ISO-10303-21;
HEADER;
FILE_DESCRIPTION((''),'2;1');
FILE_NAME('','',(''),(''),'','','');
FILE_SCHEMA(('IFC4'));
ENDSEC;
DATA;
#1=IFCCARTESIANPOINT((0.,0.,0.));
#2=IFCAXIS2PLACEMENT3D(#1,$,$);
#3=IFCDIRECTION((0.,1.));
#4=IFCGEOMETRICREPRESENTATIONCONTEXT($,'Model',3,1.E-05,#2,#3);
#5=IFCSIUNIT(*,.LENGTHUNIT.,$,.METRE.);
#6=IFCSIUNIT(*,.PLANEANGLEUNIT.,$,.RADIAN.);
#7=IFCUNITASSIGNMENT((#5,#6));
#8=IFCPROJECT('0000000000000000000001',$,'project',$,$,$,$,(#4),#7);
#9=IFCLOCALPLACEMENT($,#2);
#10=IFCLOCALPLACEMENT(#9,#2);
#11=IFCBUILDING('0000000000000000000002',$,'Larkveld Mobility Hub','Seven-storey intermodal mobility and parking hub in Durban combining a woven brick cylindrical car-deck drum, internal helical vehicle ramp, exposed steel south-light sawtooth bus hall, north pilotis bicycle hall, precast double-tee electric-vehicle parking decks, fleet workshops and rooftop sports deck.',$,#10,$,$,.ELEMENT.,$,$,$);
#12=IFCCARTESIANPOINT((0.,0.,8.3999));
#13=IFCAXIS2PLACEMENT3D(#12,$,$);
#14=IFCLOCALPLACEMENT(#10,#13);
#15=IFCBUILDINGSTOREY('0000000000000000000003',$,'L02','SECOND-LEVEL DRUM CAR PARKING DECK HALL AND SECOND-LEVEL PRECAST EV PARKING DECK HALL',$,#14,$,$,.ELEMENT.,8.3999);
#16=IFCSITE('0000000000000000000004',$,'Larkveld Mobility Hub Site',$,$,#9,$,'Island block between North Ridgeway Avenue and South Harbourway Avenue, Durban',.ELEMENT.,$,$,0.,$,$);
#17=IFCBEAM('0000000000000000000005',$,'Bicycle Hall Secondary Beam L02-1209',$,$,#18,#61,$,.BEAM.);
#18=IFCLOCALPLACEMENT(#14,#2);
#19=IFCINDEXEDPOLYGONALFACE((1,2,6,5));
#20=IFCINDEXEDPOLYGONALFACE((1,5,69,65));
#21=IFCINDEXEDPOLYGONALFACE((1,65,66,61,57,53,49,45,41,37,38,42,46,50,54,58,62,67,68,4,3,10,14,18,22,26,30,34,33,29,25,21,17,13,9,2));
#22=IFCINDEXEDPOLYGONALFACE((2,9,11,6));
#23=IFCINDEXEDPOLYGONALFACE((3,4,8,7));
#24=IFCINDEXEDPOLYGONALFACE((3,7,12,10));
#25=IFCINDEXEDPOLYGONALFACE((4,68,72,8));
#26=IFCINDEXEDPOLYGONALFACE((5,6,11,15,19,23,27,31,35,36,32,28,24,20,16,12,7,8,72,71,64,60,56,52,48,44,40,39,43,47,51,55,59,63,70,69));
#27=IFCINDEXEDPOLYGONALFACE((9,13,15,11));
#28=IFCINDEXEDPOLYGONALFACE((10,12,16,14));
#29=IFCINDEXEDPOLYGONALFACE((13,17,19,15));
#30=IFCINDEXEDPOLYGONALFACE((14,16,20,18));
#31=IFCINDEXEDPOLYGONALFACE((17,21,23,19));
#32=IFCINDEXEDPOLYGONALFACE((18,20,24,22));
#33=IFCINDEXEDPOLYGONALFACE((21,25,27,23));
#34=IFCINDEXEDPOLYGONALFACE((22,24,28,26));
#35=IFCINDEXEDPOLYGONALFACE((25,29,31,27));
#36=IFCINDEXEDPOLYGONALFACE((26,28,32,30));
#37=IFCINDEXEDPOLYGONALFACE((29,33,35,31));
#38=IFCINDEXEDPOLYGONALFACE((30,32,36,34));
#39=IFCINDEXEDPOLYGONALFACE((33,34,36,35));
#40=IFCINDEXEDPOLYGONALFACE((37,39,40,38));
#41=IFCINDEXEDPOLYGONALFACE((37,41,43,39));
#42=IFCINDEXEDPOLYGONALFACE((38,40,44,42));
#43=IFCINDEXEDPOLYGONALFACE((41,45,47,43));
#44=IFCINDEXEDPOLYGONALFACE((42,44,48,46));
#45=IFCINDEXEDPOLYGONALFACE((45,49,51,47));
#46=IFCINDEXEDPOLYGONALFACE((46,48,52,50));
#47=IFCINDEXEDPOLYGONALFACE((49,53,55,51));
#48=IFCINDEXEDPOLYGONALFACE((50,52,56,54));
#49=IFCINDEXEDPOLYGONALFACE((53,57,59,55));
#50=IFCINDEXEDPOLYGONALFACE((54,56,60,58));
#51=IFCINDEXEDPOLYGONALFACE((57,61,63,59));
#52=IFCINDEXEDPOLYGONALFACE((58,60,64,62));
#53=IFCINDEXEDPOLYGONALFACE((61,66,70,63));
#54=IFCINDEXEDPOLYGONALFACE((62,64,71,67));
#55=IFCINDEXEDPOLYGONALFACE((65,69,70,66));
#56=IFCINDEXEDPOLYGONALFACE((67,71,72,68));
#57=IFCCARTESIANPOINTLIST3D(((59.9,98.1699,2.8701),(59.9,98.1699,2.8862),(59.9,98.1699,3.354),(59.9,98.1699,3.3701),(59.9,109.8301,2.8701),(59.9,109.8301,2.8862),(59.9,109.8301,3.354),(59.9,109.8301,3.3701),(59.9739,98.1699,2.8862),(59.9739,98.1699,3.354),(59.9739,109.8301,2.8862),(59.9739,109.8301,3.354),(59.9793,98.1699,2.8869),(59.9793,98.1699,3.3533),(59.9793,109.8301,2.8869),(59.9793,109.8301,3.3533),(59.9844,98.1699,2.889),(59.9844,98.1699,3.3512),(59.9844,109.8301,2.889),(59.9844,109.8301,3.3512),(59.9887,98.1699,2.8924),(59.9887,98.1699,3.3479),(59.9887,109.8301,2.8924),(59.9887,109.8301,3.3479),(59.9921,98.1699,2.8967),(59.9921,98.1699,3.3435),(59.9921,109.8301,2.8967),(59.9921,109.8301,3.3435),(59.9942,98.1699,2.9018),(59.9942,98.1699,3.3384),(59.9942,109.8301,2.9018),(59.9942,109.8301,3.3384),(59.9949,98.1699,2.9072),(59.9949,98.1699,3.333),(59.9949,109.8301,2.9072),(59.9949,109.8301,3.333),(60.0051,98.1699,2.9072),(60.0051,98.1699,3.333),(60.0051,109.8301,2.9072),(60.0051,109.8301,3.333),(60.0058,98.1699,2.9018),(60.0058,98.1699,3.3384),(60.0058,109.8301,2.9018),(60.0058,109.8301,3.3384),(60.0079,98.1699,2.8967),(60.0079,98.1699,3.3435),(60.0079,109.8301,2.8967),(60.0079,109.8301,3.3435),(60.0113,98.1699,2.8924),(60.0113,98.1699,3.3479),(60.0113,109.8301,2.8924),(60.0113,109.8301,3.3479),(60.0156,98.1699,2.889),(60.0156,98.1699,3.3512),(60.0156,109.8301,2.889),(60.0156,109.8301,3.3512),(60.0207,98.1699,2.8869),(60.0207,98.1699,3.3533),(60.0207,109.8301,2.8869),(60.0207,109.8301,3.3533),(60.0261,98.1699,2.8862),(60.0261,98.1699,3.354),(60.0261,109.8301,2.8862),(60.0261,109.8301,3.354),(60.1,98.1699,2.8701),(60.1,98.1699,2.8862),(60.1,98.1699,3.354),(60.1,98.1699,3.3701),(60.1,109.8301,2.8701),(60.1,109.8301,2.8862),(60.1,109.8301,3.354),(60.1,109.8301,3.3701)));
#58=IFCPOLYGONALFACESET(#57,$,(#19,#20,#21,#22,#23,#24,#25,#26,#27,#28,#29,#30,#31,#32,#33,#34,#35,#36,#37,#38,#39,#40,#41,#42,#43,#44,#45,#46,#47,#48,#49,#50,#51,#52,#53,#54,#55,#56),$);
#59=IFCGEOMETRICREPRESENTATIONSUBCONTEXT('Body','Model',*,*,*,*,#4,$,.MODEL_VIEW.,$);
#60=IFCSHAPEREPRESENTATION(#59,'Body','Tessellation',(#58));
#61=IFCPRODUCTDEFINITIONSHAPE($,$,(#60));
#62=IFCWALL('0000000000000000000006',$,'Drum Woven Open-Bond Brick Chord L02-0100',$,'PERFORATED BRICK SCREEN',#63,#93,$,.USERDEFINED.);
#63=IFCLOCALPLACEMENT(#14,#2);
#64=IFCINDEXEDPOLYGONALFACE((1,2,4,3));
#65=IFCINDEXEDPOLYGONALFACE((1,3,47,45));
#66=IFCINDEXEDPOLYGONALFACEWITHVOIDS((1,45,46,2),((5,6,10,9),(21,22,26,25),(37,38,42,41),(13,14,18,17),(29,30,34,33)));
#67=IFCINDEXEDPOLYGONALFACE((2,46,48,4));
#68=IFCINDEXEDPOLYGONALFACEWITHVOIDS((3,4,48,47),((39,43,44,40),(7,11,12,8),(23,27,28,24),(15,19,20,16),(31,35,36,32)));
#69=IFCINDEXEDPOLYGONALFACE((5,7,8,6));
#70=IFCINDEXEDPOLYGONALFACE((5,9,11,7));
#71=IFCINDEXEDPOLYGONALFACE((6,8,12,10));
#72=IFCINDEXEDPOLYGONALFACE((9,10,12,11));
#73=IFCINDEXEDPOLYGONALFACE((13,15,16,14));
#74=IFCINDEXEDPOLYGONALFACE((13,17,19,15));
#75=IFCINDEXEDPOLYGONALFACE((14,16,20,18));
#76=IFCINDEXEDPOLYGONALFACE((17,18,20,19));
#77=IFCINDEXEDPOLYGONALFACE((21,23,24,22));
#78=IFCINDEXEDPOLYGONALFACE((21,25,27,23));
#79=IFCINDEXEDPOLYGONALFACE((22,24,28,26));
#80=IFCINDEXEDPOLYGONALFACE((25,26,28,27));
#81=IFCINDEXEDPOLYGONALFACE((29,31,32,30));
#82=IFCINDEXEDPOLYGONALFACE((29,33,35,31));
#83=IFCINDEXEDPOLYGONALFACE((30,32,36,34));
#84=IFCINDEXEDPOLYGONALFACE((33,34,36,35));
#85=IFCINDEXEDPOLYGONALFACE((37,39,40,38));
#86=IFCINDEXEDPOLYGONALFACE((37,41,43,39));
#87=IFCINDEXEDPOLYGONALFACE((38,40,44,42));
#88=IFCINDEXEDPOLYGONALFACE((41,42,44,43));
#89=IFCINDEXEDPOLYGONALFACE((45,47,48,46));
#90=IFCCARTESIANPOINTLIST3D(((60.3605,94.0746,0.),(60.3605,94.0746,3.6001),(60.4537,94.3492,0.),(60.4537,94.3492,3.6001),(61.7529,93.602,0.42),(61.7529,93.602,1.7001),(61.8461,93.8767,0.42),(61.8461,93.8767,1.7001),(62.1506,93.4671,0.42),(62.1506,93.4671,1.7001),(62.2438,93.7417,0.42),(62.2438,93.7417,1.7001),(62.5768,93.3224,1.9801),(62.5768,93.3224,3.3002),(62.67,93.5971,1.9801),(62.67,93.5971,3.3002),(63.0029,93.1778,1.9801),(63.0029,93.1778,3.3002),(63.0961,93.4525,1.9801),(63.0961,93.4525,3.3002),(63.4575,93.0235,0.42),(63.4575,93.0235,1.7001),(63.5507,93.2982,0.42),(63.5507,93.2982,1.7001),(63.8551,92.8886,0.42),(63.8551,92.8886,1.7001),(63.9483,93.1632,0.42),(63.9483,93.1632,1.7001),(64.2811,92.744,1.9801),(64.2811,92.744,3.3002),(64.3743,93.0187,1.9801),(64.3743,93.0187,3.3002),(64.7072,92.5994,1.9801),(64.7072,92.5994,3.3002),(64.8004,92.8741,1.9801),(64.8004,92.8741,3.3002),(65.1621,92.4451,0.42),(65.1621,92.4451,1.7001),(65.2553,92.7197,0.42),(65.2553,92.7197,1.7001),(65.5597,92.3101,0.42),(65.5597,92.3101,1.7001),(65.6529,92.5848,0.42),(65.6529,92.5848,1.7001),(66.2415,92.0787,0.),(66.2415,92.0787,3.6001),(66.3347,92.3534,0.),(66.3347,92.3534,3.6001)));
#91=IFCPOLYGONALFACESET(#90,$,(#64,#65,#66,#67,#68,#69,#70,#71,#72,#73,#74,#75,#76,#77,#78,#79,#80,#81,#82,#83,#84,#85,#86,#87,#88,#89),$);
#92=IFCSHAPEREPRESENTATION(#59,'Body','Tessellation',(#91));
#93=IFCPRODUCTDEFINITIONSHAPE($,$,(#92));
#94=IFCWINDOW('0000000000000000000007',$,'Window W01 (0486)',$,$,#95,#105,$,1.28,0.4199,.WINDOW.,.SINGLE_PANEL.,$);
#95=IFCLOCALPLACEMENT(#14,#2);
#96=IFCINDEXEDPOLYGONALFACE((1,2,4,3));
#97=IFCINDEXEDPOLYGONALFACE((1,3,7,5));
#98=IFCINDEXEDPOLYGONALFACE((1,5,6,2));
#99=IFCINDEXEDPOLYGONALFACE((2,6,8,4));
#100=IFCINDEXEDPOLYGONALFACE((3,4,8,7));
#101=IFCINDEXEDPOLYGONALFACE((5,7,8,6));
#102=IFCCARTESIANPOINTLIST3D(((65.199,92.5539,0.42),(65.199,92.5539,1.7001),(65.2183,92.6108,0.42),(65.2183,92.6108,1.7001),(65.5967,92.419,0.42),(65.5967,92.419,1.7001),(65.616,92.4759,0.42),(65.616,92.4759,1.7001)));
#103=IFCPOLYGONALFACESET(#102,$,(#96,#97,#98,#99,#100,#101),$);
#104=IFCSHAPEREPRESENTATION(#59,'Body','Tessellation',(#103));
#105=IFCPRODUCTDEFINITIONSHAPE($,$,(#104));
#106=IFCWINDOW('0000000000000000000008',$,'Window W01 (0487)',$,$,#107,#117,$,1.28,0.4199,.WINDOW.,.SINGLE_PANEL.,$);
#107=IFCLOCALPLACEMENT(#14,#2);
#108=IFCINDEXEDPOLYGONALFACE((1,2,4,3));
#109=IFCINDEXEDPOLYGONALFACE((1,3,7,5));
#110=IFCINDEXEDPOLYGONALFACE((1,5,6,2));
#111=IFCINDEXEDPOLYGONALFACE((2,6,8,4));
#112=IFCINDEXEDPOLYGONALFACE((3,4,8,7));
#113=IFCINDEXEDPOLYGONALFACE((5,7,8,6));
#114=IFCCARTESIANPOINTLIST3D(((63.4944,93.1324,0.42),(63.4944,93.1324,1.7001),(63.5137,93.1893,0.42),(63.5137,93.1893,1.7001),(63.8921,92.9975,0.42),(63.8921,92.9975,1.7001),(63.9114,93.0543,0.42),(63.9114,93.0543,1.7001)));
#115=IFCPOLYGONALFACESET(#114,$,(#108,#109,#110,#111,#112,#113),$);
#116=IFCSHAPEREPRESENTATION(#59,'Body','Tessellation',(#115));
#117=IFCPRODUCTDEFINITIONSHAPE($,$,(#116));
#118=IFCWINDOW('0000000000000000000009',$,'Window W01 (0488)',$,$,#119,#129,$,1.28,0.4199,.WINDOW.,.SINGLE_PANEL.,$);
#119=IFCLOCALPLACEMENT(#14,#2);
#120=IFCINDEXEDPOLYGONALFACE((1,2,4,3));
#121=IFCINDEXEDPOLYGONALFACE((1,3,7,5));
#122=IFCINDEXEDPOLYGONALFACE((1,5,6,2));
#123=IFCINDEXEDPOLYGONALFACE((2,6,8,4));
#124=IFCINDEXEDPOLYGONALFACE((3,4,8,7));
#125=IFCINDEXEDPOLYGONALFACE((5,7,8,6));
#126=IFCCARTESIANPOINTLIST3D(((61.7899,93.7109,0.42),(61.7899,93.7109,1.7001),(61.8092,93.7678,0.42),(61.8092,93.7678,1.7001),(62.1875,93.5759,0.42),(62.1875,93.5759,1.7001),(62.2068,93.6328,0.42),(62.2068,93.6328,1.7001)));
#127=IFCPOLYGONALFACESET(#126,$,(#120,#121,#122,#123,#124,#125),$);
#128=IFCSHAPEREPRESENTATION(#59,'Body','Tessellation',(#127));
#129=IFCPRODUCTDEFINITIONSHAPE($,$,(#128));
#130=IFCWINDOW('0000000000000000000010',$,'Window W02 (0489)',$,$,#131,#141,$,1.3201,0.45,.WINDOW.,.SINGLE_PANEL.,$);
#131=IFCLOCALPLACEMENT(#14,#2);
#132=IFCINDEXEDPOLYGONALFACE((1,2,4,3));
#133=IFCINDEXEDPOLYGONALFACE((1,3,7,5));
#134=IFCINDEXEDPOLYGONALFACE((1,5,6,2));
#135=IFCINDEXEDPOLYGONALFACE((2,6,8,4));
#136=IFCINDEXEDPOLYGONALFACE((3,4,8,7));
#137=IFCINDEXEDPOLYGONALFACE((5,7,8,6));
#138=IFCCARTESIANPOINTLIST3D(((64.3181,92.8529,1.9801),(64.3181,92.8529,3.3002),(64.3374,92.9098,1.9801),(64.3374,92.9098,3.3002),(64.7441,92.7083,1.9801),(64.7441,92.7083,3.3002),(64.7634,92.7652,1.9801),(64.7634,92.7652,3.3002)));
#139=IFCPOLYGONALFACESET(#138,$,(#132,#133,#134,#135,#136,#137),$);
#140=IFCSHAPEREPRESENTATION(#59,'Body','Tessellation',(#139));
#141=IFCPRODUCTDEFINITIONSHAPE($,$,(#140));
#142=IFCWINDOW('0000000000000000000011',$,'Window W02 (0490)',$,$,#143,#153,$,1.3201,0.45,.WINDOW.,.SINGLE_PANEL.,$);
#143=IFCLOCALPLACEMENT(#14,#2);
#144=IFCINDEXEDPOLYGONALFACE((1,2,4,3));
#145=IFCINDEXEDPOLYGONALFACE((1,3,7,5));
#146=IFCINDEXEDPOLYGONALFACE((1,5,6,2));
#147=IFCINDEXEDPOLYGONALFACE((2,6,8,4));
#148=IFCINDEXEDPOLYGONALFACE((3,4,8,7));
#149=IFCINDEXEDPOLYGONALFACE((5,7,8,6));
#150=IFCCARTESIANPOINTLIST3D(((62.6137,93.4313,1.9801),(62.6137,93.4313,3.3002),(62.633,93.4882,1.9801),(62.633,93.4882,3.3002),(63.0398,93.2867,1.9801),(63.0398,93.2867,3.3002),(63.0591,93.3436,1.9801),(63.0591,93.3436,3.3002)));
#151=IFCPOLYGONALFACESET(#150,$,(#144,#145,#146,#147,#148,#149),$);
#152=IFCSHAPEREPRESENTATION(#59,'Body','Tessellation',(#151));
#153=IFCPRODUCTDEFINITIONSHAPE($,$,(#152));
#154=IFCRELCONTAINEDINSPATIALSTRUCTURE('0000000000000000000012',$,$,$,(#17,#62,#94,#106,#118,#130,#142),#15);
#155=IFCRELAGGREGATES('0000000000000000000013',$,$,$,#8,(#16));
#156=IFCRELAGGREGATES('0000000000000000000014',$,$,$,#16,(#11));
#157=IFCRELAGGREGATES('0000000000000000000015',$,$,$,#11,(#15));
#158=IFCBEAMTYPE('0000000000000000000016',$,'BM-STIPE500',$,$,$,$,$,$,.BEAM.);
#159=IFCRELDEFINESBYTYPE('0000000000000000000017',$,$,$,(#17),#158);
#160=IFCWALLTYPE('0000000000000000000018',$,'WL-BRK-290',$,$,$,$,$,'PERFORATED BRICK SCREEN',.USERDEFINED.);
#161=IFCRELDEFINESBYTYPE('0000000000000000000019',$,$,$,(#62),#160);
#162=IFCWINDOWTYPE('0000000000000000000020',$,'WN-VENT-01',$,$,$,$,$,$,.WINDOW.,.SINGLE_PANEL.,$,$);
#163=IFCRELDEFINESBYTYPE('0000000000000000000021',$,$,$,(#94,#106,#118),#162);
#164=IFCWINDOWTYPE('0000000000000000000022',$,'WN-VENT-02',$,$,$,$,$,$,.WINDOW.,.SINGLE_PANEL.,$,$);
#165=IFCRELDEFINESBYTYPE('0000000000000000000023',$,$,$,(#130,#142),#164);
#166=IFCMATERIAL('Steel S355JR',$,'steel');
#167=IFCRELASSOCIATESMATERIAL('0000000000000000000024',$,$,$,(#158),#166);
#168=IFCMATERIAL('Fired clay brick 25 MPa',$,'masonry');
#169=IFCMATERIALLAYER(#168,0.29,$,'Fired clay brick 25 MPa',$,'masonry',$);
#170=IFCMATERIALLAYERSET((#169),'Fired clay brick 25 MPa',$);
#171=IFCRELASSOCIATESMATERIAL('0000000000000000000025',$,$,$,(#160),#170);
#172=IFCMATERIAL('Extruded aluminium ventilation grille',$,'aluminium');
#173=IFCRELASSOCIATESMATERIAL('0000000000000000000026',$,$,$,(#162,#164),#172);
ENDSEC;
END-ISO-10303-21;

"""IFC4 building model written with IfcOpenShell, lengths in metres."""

from ifc_helpers import new_model, si_unit, direction, frame, frame_2d, origin, origin_2d, place, context, subcontext, project, spatial, rectangle, i_section, extrude, material, layer, layer_set, material_profile, profile_set, type_object, element, fill, save


model = new_model("IFC4")

# Units and contexts
model_context = context("Model", 3, precision=1e-05, world=origin(), true_north=direction((0.0, 1.0)))
body_context = subcontext(model_context, "Body", "Model", "MODEL_VIEW")
ifc_project = project(units=[si_unit("LENGTHUNIT", "METRE"), si_unit("PLANEANGLEUNIT", "RADIAN")], contexts=[model_context])

# Site, building, storey
site_placement = place(None, origin())
site = spatial("IfcSite", under=ifc_project, at=site_placement, Name="Larkveld Mobility Hub Site", LongName="Island block between North Ridgeway Avenue and South Harbourway Avenue, Durban", CompositionType="ELEMENT", RefElevation=0.0)
building_placement = place(site_placement, origin())
building = spatial("IfcBuilding", under=site, at=building_placement, Name="Larkveld Mobility Hub", Description="Seven-storey intermodal mobility and parking hub in Durban combining a woven brick cylindrical car-deck drum, internal helical vehicle ramp, exposed steel south-light sawtooth bus hall, north pilotis bicycle hall, precast double-tee electric-vehicle parking decks, fleet workshops and rooftop sports deck.", CompositionType="ELEMENT")
storey_placement = place(building_placement, frame((0.0, 0.0, 8.3999)))
storey = spatial("IfcBuildingStorey", under=building, at=storey_placement, Name="L02", Description="SECOND-LEVEL DRUM CAR PARKING DECK HALL AND SECOND-LEVEL PRECAST EV PARKING DECK HALL", CompositionType="ELEMENT", Elevation=8.3999)

# Beam
ifc_material_1 = material(Name="Steel S355JR", Category="steel")
ifc_material_profile_1 = material_profile(ifc_material_1, i_section(OverallWidth=0.2, OverallDepth=0.5, WebThickness=0.0103, FlangeThickness=0.0161, FilletRadius=0.021, at=origin_2d()), Name="IPE 500")
ifc_profile_set_1 = profile_set([ifc_material_profile_1], Name="Steel S355JR")
beam_type_1 = type_object("IfcBeamType", Name="BM-STIPE500", PredefinedType="BEAM", material=ifc_profile_set_1)
beam_1_placement = place(storey_placement, frame((60.0, 98.1699, 3.1201), z_axis=(0.0, 1.0, 0.0), x_axis=(-1.0, 0.0, 0.0)))
element("IfcBeam", 1, at=beam_1_placement, inside=storey, type_object=beam_type_1, Name="Bicycle Hall Secondary Beam L02-1209", PredefinedType="BEAM", context=body_context, shape_type="SweptSolid", body=[
    extrude(i_section(OverallWidth=0.2, OverallDepth=0.5, WebThickness=0.0103, FlangeThickness=0.0161, FilletRadius=0.021, at=origin_2d()), origin(), (0.0, 0.0, 1.0), 11.6602),
])

# Wall, openings, windows
ifc_material_2 = material(Name="Fired clay brick 25 MPa", Category="masonry")
ifc_layer_1 = layer(ifc_material_2, 0.29, Name="Fired clay brick 25 MPa", Category="masonry")
ifc_layer_set_1 = layer_set([ifc_layer_1], Name="Fired clay brick 25 MPa")
wall_type_1 = type_object("IfcWallType", Name="WL-BRK-290", ElementType="PERFORATED BRICK SCREEN", PredefinedType="USERDEFINED", material=ifc_layer_set_1)
wall_1_placement = place(storey_placement, frame((66.2881, 92.2161, 0.0), z_axis=(0.0, 0.0, 1.0), x_axis=(-0.946955, 0.321365, 0.0)))
wall_1 = element("IfcWall", 2, at=wall_1_placement, inside=storey, type_object=wall_type_1, Name="Drum Woven Open-Bond Brick Chord L02-0100", ObjectType="PERFORATED BRICK SCREEN", PredefinedType="USERDEFINED", context=body_context, shape_type="SweptSolid", body=[
    extrude(rectangle(XDim=6.2104, YDim=0.29, at=frame_2d((3.1052, 0.0))), origin(), (0.0, 0.0, 1.0), 3.6001),
])
opening_1_placement = place(wall_1_placement, frame((0.72, 0.0, 0.4199)))
opening_1 = element("IfcOpeningElement", 3, at=opening_1_placement, cuts=wall_1, PredefinedType="OPENING", context=body_context, shape_type="SweptSolid", body=[
    extrude(rectangle(XDim=0.4199, YDim=1.28, at=frame_2d((0.21, 0.6401))), frame((0.0, 0.155, 0.0), z_axis=(0.0, -1.0, 0.0), x_axis=(1.0, 0.0, 0.0)), (0.0, 0.0, 1.0), 0.3101),
])
opening_2_placement = place(wall_1_placement, frame((2.52, 0.0, 0.4199)))
opening_2 = element("IfcOpeningElement", 4, at=opening_2_placement, cuts=wall_1, PredefinedType="OPENING", context=body_context, shape_type="SweptSolid", body=[
    extrude(rectangle(XDim=0.4199, YDim=1.28, at=frame_2d((0.21, 0.6401))), frame((0.0, 0.155, 0.0), z_axis=(0.0, -1.0, 0.0), x_axis=(1.0, 0.0, 0.0)), (0.0, 0.0, 1.0), 0.3101),
])
opening_3_placement = place(wall_1_placement, frame((4.3201, 0.0, 0.4199)))
opening_3 = element("IfcOpeningElement", 5, at=opening_3_placement, cuts=wall_1, PredefinedType="OPENING", context=body_context, shape_type="SweptSolid", body=[
    extrude(rectangle(XDim=0.4199, YDim=1.28, at=frame_2d((0.21, 0.6401))), frame((0.0, 0.155, 0.0), z_axis=(0.0, -1.0, 0.0), x_axis=(1.0, 0.0, 0.0)), (0.0, 0.0, 1.0), 0.3101),
])
opening_4_placement = place(wall_1_placement, frame((1.6201, 0.0, 1.98)))
opening_4 = element("IfcOpeningElement", 6, at=opening_4_placement, cuts=wall_1, PredefinedType="OPENING", context=body_context, shape_type="SweptSolid", body=[
    extrude(rectangle(XDim=0.45, YDim=1.3201, at=frame_2d((0.2251, 0.6602))), frame((0.0, 0.155, 0.0), z_axis=(0.0, -1.0, 0.0), x_axis=(1.0, 0.0, 0.0)), (0.0, 0.0, 1.0), 0.3101),
])
opening_5_placement = place(wall_1_placement, frame((3.4199, 0.0, 1.98)))
opening_5 = element("IfcOpeningElement", 7, at=opening_5_placement, cuts=wall_1, PredefinedType="OPENING", context=body_context, shape_type="SweptSolid", body=[
    extrude(rectangle(XDim=0.45, YDim=1.3201, at=frame_2d((0.2251, 0.6602))), frame((0.0, 0.155, 0.0), z_axis=(0.0, -1.0, 0.0), x_axis=(1.0, 0.0, 0.0)), (0.0, 0.0, 1.0), 0.3101),
])
ifc_material_3 = material(Name="Extruded aluminium ventilation grille", Category="aluminium")
window_type_1 = type_object("IfcWindowType", Name="WN-VENT-01", PartitioningType="SINGLE_PANEL", PredefinedType="WINDOW", material=ifc_material_3)
window_1_placement = place(opening_1_placement, origin())
window_1 = element("IfcWindow", 8, at=window_1_placement, inside=storey, type_object=window_type_1, Name="Window W01 (0486)", OverallHeight=1.28, OverallWidth=0.4199, PartitioningType="SINGLE_PANEL", PredefinedType="WINDOW", context=body_context, shape_type="SweptSolid", body=[
    extrude(rectangle(XDim=0.4199, YDim=1.28, at=frame_2d((0.21, 0.6401))), frame((0.0, 0.03, 0.0), z_axis=(0.0, -1.0, 0.0), x_axis=(1.0, 0.0, 0.0)), (0.0, 0.0, 1.0), 0.0601),
])
fill(opening_1, window_1)
window_2_placement = place(opening_2_placement, origin())
window_2 = element("IfcWindow", 9, at=window_2_placement, inside=storey, type_object=window_type_1, Name="Window W01 (0487)", OverallHeight=1.28, OverallWidth=0.4199, PartitioningType="SINGLE_PANEL", PredefinedType="WINDOW", context=body_context, shape_type="SweptSolid", body=[
    extrude(rectangle(XDim=0.4199, YDim=1.28, at=frame_2d((0.21, 0.6401))), frame((0.0, 0.03, 0.0), z_axis=(0.0, -1.0, 0.0), x_axis=(1.0, 0.0, 0.0)), (0.0, 0.0, 1.0), 0.0601),
])
fill(opening_2, window_2)
window_3_placement = place(opening_3_placement, origin())
window_3 = element("IfcWindow", 10, at=window_3_placement, inside=storey, type_object=window_type_1, Name="Window W01 (0488)", OverallHeight=1.28, OverallWidth=0.4199, PartitioningType="SINGLE_PANEL", PredefinedType="WINDOW", context=body_context, shape_type="SweptSolid", body=[
    extrude(rectangle(XDim=0.4199, YDim=1.28, at=frame_2d((0.21, 0.6401))), frame((0.0, 0.03, 0.0), z_axis=(0.0, -1.0, 0.0), x_axis=(1.0, 0.0, 0.0)), (0.0, 0.0, 1.0), 0.0601),
])
fill(opening_3, window_3)
window_type_2 = type_object("IfcWindowType", Name="WN-VENT-02", PartitioningType="SINGLE_PANEL", PredefinedType="WINDOW", material=ifc_material_3)
window_4_placement = place(opening_4_placement, origin())
window_4 = element("IfcWindow", 11, at=window_4_placement, inside=storey, type_object=window_type_2, Name="Window W02 (0489)", OverallHeight=1.3201, OverallWidth=0.45, PartitioningType="SINGLE_PANEL", PredefinedType="WINDOW", context=body_context, shape_type="SweptSolid", body=[
    extrude(rectangle(XDim=0.45, YDim=1.3201, at=frame_2d((0.2251, 0.6602))), frame((0.0, 0.03, 0.0), z_axis=(0.0, -1.0, 0.0), x_axis=(1.0, 0.0, 0.0)), (0.0, 0.0, 1.0), 0.0601),
])
fill(opening_4, window_4)
window_5_placement = place(opening_5_placement, origin())
window_5 = element("IfcWindow", 12, at=window_5_placement, inside=storey, type_object=window_type_2, Name="Window W02 (0490)", OverallHeight=1.3201, OverallWidth=0.45, PartitioningType="SINGLE_PANEL", PredefinedType="WINDOW", context=body_context, shape_type="SweptSolid", body=[
    extrude(rectangle(XDim=0.45, YDim=1.3201, at=frame_2d((0.2251, 0.6602))), frame((0.0, 0.03, 0.0), z_axis=(0.0, -1.0, 0.0), x_axis=(1.0, 0.0, 0.0)), (0.0, 0.0, 1.0), 0.0601),
])
fill(opening_5, window_5)

save(model, "model.ifc")
